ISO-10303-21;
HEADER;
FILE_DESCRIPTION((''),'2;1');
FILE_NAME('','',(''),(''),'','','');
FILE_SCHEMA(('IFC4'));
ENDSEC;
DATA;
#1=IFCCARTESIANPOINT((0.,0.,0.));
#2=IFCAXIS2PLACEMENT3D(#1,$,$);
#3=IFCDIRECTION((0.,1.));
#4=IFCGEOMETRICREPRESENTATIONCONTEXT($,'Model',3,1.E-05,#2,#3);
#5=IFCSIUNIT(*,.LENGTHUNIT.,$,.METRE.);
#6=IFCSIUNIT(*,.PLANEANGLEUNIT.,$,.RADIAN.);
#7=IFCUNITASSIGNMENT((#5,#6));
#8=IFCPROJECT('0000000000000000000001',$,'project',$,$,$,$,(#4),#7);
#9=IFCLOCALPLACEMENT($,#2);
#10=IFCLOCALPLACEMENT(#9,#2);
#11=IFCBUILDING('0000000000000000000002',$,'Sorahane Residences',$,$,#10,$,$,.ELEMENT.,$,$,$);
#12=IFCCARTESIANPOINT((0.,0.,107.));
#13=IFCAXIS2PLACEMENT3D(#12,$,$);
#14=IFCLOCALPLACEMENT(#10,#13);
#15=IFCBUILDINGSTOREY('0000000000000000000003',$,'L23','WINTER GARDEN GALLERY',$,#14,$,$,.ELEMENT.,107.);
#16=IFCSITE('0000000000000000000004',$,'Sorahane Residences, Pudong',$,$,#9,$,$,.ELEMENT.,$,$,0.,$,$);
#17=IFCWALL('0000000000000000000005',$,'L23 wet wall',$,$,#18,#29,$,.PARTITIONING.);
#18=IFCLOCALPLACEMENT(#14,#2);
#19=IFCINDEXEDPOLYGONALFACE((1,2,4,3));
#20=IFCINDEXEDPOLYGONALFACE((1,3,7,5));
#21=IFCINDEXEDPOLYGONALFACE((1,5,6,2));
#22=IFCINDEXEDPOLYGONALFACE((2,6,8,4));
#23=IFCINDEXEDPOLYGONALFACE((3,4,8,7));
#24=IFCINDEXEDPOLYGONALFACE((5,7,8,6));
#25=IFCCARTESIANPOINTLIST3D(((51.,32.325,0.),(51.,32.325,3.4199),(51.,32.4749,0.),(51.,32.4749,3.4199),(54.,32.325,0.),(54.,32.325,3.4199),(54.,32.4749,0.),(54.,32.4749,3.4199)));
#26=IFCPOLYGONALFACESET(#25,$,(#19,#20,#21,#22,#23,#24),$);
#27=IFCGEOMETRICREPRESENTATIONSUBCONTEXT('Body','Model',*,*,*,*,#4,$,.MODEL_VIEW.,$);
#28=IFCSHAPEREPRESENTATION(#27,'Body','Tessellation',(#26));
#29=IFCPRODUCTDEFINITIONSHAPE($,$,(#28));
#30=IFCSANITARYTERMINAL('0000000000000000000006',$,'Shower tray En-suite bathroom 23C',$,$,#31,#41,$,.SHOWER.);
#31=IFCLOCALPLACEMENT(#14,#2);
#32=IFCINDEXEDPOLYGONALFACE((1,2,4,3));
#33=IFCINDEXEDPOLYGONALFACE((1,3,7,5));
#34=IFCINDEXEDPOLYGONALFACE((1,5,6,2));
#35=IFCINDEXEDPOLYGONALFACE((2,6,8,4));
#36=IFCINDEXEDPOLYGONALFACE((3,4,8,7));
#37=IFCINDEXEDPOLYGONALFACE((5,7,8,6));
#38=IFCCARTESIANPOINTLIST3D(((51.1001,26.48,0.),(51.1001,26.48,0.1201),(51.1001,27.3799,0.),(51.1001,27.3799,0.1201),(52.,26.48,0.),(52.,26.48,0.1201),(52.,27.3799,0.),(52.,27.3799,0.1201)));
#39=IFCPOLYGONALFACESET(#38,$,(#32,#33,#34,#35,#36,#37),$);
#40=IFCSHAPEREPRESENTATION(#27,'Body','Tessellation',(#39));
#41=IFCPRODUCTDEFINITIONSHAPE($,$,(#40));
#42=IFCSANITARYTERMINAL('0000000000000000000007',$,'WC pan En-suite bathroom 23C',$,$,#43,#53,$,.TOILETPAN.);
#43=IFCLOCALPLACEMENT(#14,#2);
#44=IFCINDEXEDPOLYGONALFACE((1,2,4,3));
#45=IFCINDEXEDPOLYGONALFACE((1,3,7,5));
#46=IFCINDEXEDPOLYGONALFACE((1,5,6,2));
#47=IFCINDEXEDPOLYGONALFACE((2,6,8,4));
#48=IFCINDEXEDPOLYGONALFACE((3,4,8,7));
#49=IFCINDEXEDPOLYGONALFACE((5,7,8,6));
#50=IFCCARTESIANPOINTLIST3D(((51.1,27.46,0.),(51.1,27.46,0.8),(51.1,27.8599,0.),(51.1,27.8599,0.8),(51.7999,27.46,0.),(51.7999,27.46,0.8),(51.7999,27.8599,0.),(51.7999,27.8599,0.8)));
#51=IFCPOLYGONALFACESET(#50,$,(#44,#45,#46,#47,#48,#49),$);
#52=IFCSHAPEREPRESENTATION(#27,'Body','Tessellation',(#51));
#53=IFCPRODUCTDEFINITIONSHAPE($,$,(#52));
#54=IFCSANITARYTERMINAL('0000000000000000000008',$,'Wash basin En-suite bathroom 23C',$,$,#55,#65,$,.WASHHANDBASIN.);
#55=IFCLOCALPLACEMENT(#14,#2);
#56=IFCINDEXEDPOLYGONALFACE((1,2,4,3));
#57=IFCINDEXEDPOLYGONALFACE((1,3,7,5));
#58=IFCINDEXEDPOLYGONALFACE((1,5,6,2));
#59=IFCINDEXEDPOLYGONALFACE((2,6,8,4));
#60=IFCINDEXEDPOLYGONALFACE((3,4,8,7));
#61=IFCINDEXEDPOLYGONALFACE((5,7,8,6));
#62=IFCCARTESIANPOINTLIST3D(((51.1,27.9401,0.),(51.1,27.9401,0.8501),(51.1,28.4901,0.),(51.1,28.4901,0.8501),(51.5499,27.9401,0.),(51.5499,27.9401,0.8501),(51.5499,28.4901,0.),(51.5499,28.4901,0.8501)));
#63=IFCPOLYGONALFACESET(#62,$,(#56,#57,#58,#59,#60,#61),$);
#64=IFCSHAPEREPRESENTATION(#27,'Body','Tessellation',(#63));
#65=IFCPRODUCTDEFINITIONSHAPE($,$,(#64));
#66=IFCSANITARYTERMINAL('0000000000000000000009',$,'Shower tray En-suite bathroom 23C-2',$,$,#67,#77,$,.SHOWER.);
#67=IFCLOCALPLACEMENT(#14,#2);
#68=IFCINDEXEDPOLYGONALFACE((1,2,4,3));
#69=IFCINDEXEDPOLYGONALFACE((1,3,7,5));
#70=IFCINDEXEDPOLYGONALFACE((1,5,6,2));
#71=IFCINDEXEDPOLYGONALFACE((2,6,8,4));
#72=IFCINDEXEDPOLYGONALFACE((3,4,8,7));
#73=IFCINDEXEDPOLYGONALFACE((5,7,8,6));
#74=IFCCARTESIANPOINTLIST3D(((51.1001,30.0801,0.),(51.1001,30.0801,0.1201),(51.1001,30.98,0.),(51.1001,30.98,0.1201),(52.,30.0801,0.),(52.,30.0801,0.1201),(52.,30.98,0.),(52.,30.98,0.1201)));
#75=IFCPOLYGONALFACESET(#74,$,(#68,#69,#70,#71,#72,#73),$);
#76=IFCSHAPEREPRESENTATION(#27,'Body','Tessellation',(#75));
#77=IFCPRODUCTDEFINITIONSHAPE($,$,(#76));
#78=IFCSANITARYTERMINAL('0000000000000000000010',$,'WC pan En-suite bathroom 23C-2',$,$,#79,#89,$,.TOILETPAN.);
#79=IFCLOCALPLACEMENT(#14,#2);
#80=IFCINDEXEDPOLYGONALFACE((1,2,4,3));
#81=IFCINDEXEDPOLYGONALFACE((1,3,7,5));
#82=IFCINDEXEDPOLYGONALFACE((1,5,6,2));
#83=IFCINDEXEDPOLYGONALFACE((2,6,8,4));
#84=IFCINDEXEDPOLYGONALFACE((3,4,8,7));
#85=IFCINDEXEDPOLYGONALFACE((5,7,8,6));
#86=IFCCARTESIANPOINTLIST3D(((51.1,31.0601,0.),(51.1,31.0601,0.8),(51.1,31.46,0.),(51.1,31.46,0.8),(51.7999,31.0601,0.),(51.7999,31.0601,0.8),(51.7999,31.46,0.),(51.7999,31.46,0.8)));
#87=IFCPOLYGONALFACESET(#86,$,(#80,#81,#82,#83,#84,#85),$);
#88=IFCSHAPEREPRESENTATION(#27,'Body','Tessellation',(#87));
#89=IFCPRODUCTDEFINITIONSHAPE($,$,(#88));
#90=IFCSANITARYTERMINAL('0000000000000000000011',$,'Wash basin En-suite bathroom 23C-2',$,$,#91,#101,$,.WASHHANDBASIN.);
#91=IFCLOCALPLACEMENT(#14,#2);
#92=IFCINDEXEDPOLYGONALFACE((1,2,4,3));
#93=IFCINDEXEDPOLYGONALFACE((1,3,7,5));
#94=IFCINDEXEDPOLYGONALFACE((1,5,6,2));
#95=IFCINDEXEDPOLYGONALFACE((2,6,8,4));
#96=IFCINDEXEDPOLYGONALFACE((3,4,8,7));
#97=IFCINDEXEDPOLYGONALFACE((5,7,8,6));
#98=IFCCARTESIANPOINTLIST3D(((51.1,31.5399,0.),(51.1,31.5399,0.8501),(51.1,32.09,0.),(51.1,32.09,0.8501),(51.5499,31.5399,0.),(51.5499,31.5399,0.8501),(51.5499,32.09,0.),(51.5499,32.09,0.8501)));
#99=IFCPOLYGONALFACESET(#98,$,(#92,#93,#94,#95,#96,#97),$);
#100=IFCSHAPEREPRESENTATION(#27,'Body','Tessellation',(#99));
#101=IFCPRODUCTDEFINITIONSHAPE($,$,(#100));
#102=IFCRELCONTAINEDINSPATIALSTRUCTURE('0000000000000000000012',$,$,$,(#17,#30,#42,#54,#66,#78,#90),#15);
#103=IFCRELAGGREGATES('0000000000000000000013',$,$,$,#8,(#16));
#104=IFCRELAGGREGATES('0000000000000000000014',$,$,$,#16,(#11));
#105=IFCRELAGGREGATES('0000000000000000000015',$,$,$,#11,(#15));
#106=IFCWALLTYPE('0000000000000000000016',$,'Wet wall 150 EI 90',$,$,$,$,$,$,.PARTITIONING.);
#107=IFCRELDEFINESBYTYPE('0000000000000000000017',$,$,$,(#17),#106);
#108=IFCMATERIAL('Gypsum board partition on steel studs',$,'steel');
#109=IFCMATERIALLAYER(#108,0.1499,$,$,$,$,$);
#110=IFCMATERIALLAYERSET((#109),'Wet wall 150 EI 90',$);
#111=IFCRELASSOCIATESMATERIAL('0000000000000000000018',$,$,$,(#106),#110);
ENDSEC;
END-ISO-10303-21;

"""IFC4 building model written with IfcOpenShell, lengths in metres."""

from ifc_helpers import new_model, si_unit, direction, frame, frame_2d, origin, origin_2d, place, context, subcontext, project, spatial, rectangle, extrude, material, layer, layer_set, type_object, element, save


model = new_model("IFC4")

# Units and contexts
model_context = context("Model", 3, precision=1e-05, world=origin(), true_north=direction((0.0, 1.0)))
body_context = subcontext(model_context, "Body", "Model", "MODEL_VIEW")
ifc_project = project(units=[si_unit("LENGTHUNIT", "METRE"), si_unit("PLANEANGLEUNIT", "RADIAN")], contexts=[model_context])

# Site, building, storey
site_placement = place(None, origin())
site = spatial("IfcSite", under=ifc_project, at=site_placement, Name="Sorahane Residences, Pudong", CompositionType="ELEMENT", RefElevation=0.0)
building_placement = place(site_placement, origin())
building = spatial("IfcBuilding", under=site, at=building_placement, Name="Sorahane Residences", CompositionType="ELEMENT")
storey_placement = place(building_placement, frame((0.0, 0.0, 107.0)))
storey = spatial("IfcBuildingStorey", under=building, at=storey_placement, Name="L23", Description="WINTER GARDEN GALLERY", CompositionType="ELEMENT", Elevation=107.0)

# Shared definitions
ifc_material_1 = material(Name="Gypsum board partition on steel studs", Category="steel")
ifc_layer_1 = layer(ifc_material_1, 0.1499)
ifc_layer_set_1 = layer_set([ifc_layer_1], Name="Wet wall 150 EI 90")
wall_type_1 = type_object("IfcWallType", Name="Wet wall 150 EI 90", PredefinedType="PARTITIONING", material=ifc_layer_set_1)

# Wall
wall_1_placement = place(storey_placement, frame((51.0, 32.3999, 0.0), z_axis=(0.0, 0.0, 1.0), x_axis=(1.0, 0.0, 0.0)))
element("IfcWall", 1, at=wall_1_placement, inside=storey, type_object=wall_type_1, Name="L23 wet wall", PredefinedType="PARTITIONING", context=body_context, shape_type="SweptSolid", body=[
    extrude(rectangle(XDim=3.0, YDim=0.1499, at=frame_2d((1.5, 0.0))), origin(), (0.0, 0.0, 1.0), 3.4199),
])

# Sanitary terminals
sanitary_terminal_1_placement = place(storey_placement, frame((51.55, 26.9299, 0.0), z_axis=(0.0, 0.0, 1.0), x_axis=(0.0, 1.0, 0.0)))
element("IfcSanitaryTerminal", 2, at=sanitary_terminal_1_placement, inside=storey, Name="Shower tray En-suite bathroom 23C", PredefinedType="SHOWER", context=body_context, shape_type="SweptSolid", body=[
    extrude(rectangle(XDim=0.8999, YDim=0.8999, at=origin_2d()), origin(), (0.0, 0.0, 1.0), 0.1201),
])
sanitary_terminal_2_placement = place(storey_placement, frame((51.45, 27.6599, 0.0), z_axis=(0.0, 0.0, 1.0), x_axis=(0.0, 1.0, 0.0)))
element("IfcSanitaryTerminal", 3, at=sanitary_terminal_2_placement, inside=storey, Name="WC pan En-suite bathroom 23C", PredefinedType="TOILETPAN", context=body_context, shape_type="SweptSolid", body=[
    extrude(rectangle(XDim=0.3999, YDim=0.7, at=origin_2d()), origin(), (0.0, 0.0, 1.0), 0.8),
])
sanitary_terminal_3_placement = place(storey_placement, frame((51.325, 28.2151, 0.0), z_axis=(0.0, 0.0, 1.0), x_axis=(0.0, 1.0, 0.0)))
element("IfcSanitaryTerminal", 4, at=sanitary_terminal_3_placement, inside=storey, Name="Wash basin En-suite bathroom 23C", PredefinedType="WASHHANDBASIN", context=body_context, shape_type="SweptSolid", body=[
    extrude(rectangle(XDim=0.55, YDim=0.45, at=origin_2d()), origin(), (0.0, 0.0, 1.0), 0.8501),
])
sanitary_terminal_4_placement = place(storey_placement, frame((51.55, 30.53, 0.0), z_axis=(0.0, 0.0, 1.0), x_axis=(0.0, 1.0, 0.0)))
element("IfcSanitaryTerminal", 5, at=sanitary_terminal_4_placement, inside=storey, Name="Shower tray En-suite bathroom 23C-2", PredefinedType="SHOWER", context=body_context, shape_type="SweptSolid", body=[
    extrude(rectangle(XDim=0.8999, YDim=0.8999, at=origin_2d()), origin(), (0.0, 0.0, 1.0), 0.1201),
])
sanitary_terminal_5_placement = place(storey_placement, frame((51.45, 31.26, 0.0), z_axis=(0.0, 0.0, 1.0), x_axis=(0.0, 1.0, 0.0)))
element("IfcSanitaryTerminal", 6, at=sanitary_terminal_5_placement, inside=storey, Name="WC pan En-suite bathroom 23C-2", PredefinedType="TOILETPAN", context=body_context, shape_type="SweptSolid", body=[
    extrude(rectangle(XDim=0.3999, YDim=0.7, at=origin_2d()), origin(), (0.0, 0.0, 1.0), 0.8),
])
sanitary_terminal_6_placement = place(storey_placement, frame((51.325, 31.8149, 0.0), z_axis=(0.0, 0.0, 1.0), x_axis=(0.0, 1.0, 0.0)))
element("IfcSanitaryTerminal", 7, at=sanitary_terminal_6_placement, inside=storey, Name="Wash basin En-suite bathroom 23C-2", PredefinedType="WASHHANDBASIN", context=body_context, shape_type="SweptSolid", body=[
    extrude(rectangle(XDim=0.55, YDim=0.45, at=origin_2d()), origin(), (0.0, 0.0, 1.0), 0.8501),
])

save(model, "model.ifc")
